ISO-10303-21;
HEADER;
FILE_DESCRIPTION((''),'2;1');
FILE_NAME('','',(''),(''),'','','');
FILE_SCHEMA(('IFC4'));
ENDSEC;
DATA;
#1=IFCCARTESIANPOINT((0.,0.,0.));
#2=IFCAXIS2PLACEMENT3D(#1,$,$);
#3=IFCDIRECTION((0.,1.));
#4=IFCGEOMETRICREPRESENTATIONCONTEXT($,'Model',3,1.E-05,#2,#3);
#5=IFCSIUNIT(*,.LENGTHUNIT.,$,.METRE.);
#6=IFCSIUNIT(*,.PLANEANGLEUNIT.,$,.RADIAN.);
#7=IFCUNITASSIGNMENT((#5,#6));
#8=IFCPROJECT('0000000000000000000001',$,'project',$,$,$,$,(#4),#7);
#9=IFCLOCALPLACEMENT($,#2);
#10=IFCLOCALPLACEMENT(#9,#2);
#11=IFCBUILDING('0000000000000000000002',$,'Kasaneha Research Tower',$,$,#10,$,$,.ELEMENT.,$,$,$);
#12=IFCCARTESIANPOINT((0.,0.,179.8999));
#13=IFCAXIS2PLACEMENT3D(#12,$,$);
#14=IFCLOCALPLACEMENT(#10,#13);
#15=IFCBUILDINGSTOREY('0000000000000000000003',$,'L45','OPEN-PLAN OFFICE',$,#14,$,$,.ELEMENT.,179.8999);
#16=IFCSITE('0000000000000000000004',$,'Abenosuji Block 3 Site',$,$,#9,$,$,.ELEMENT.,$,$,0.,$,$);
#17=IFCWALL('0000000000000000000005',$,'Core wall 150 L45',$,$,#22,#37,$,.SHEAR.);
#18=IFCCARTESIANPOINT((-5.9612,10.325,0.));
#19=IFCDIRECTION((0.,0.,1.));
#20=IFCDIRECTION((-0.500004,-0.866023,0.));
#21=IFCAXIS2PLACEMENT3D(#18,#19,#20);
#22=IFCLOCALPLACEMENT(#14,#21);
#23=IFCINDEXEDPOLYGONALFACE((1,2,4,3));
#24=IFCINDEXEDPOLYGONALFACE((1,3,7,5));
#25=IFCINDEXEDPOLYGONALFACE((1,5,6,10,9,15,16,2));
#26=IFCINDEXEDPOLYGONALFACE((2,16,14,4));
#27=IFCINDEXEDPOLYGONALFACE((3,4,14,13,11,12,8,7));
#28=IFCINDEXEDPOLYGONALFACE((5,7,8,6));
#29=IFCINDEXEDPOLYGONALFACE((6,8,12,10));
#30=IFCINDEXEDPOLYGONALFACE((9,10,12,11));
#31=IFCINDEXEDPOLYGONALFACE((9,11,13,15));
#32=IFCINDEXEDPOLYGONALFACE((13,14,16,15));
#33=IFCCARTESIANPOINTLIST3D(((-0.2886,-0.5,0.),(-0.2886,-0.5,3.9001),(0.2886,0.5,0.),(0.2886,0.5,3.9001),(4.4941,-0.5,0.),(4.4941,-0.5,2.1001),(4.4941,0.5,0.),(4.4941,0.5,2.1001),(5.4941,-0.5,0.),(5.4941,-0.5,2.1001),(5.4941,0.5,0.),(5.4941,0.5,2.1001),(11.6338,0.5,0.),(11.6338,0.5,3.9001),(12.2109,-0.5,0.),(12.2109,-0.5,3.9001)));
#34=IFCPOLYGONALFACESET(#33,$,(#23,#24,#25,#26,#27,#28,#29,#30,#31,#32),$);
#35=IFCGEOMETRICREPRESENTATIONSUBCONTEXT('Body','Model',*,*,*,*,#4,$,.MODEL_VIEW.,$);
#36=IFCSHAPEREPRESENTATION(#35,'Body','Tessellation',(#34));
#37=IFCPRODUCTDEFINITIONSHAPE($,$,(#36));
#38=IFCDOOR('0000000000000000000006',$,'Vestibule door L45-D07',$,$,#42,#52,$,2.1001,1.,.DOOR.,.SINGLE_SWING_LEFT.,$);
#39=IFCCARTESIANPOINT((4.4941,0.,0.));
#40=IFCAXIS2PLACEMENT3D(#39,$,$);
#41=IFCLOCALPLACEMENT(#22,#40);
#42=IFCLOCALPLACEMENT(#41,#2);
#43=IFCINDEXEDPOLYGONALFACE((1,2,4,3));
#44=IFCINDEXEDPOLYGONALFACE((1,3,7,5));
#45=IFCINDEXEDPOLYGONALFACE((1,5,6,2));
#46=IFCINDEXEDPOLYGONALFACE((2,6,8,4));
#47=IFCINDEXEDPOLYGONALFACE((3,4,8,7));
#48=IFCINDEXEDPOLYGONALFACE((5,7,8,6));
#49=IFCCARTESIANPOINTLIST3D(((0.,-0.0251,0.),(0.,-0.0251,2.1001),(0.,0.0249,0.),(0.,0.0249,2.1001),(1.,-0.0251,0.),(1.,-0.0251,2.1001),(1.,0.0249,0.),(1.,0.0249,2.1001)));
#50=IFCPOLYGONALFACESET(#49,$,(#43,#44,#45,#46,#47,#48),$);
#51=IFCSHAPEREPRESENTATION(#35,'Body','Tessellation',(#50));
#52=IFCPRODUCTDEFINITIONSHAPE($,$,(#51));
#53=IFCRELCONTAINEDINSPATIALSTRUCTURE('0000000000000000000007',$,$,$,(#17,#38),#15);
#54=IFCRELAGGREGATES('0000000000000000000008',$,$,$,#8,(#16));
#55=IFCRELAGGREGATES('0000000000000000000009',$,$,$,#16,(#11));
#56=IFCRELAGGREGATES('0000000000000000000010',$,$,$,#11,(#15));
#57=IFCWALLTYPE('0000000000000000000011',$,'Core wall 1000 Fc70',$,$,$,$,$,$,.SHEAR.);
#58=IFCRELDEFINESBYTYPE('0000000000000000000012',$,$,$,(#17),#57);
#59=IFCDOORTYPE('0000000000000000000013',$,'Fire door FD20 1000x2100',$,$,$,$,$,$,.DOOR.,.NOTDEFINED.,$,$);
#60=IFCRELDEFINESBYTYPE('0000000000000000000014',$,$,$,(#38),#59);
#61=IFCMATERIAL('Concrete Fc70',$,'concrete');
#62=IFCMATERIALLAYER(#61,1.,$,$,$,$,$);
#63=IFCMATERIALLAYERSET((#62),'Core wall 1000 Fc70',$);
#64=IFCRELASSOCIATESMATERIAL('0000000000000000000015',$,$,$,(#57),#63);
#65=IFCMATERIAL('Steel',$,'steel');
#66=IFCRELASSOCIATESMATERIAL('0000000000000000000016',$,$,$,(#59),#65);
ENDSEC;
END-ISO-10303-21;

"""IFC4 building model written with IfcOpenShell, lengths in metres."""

from ifc_helpers import new_model, si_unit, direction, frame, frame_2d, origin, place, context, subcontext, project, spatial, polyline, rectangle, outline, extrude, material, layer, layer_set, type_object, element, fill, save


model = new_model("IFC4")

# Units and contexts
model_context = context("Model", 3, precision=1e-05, world=origin(), true_north=direction((0.0, 1.0)))
body_context = subcontext(model_context, "Body", "Model", "MODEL_VIEW")
ifc_project = project(units=[si_unit("LENGTHUNIT", "METRE"), si_unit("PLANEANGLEUNIT", "RADIAN")], contexts=[model_context])

# Site, building, storey
site_placement = place(None, origin())
site = spatial("IfcSite", under=ifc_project, at=site_placement, Name="Abenosuji Block 3 Site", CompositionType="ELEMENT", RefElevation=0.0)
building_placement = place(site_placement, origin())
building = spatial("IfcBuilding", under=site, at=building_placement, Name="Kasaneha Research Tower", CompositionType="ELEMENT")
storey_placement = place(building_placement, frame((0.0, 0.0, 179.8999)))
storey = spatial("IfcBuildingStorey", under=building, at=storey_placement, Name="L45", Description="OPEN-PLAN OFFICE", CompositionType="ELEMENT", Elevation=179.8999)

# Wall, opening, door
ifc_material_1 = material(Name="Concrete Fc70", Category="concrete")
ifc_layer_1 = layer(ifc_material_1, 1.0)
ifc_layer_set_1 = layer_set([ifc_layer_1], Name="Core wall 1000 Fc70")
wall_type_1 = type_object("IfcWallType", Name="Core wall 1000 Fc70", PredefinedType="SHEAR", material=ifc_layer_set_1)
wall_1_placement = place(storey_placement, frame((-5.9612, 10.325, 0.0), z_axis=(0.0, 0.0, 1.0), x_axis=(-0.500004, -0.866023, 0.0)))
wall_1 = element("IfcWall", 1, at=wall_1_placement, inside=storey, type_object=wall_type_1, Name="Core wall 150 L45", PredefinedType="SHEAR", context=body_context, shape_type="SweptSolid", body=[
    extrude(outline(polyline([(-0.2886, -0.5), (4.4941, -0.5), (5.4941, -0.5), (12.2109, -0.5), (11.6338, 0.5), (5.4941, 0.5), (4.4941, 0.5), (0.2886, 0.5), (-0.2886, -0.5)])), origin(), (0.0, 0.0, 1.0), 3.9001),
])
opening_1_placement = place(wall_1_placement, frame((4.4941, 0.0, 0.0)))
opening_1 = element("IfcOpeningElement", 2, at=opening_1_placement, cuts=wall_1, PredefinedType="OPENING", context=body_context, shape_type="SweptSolid", body=[
    extrude(rectangle(XDim=1.0, YDim=2.1001, at=frame_2d((0.5, 1.05))), frame((0.0, 0.51, 0.0), z_axis=(0.0, -1.0, 0.0), x_axis=(1.0, 0.0, 0.0)), (0.0, 0.0, 1.0), 1.02),
])
ifc_material_2 = material(Name="Steel", Category="steel")
door_type_1 = type_object("IfcDoorType", Name="Fire door FD20 1000x2100", OperationType="NOTDEFINED", PredefinedType="DOOR", material=ifc_material_2)
door_1_placement = place(opening_1_placement, origin())
door_1 = element("IfcDoor", 3, at=door_1_placement, inside=storey, type_object=door_type_1, Name="Vestibule door L45-D07", OperationType="SINGLE_SWING_LEFT", OverallHeight=2.1001, OverallWidth=1.0, PredefinedType="DOOR", context=body_context, shape_type="SweptSolid", body=[
    extrude(rectangle(XDim=1.0, YDim=2.1001, at=frame_2d((0.5, 1.05))), frame((0.0, 0.0249, 0.0), z_axis=(0.0, -1.0, 0.0), x_axis=(1.0, 0.0, 0.0)), (0.0, 0.0, 1.0), 0.05),
])
fill(opening_1, door_1)

save(model, "model.ifc")
